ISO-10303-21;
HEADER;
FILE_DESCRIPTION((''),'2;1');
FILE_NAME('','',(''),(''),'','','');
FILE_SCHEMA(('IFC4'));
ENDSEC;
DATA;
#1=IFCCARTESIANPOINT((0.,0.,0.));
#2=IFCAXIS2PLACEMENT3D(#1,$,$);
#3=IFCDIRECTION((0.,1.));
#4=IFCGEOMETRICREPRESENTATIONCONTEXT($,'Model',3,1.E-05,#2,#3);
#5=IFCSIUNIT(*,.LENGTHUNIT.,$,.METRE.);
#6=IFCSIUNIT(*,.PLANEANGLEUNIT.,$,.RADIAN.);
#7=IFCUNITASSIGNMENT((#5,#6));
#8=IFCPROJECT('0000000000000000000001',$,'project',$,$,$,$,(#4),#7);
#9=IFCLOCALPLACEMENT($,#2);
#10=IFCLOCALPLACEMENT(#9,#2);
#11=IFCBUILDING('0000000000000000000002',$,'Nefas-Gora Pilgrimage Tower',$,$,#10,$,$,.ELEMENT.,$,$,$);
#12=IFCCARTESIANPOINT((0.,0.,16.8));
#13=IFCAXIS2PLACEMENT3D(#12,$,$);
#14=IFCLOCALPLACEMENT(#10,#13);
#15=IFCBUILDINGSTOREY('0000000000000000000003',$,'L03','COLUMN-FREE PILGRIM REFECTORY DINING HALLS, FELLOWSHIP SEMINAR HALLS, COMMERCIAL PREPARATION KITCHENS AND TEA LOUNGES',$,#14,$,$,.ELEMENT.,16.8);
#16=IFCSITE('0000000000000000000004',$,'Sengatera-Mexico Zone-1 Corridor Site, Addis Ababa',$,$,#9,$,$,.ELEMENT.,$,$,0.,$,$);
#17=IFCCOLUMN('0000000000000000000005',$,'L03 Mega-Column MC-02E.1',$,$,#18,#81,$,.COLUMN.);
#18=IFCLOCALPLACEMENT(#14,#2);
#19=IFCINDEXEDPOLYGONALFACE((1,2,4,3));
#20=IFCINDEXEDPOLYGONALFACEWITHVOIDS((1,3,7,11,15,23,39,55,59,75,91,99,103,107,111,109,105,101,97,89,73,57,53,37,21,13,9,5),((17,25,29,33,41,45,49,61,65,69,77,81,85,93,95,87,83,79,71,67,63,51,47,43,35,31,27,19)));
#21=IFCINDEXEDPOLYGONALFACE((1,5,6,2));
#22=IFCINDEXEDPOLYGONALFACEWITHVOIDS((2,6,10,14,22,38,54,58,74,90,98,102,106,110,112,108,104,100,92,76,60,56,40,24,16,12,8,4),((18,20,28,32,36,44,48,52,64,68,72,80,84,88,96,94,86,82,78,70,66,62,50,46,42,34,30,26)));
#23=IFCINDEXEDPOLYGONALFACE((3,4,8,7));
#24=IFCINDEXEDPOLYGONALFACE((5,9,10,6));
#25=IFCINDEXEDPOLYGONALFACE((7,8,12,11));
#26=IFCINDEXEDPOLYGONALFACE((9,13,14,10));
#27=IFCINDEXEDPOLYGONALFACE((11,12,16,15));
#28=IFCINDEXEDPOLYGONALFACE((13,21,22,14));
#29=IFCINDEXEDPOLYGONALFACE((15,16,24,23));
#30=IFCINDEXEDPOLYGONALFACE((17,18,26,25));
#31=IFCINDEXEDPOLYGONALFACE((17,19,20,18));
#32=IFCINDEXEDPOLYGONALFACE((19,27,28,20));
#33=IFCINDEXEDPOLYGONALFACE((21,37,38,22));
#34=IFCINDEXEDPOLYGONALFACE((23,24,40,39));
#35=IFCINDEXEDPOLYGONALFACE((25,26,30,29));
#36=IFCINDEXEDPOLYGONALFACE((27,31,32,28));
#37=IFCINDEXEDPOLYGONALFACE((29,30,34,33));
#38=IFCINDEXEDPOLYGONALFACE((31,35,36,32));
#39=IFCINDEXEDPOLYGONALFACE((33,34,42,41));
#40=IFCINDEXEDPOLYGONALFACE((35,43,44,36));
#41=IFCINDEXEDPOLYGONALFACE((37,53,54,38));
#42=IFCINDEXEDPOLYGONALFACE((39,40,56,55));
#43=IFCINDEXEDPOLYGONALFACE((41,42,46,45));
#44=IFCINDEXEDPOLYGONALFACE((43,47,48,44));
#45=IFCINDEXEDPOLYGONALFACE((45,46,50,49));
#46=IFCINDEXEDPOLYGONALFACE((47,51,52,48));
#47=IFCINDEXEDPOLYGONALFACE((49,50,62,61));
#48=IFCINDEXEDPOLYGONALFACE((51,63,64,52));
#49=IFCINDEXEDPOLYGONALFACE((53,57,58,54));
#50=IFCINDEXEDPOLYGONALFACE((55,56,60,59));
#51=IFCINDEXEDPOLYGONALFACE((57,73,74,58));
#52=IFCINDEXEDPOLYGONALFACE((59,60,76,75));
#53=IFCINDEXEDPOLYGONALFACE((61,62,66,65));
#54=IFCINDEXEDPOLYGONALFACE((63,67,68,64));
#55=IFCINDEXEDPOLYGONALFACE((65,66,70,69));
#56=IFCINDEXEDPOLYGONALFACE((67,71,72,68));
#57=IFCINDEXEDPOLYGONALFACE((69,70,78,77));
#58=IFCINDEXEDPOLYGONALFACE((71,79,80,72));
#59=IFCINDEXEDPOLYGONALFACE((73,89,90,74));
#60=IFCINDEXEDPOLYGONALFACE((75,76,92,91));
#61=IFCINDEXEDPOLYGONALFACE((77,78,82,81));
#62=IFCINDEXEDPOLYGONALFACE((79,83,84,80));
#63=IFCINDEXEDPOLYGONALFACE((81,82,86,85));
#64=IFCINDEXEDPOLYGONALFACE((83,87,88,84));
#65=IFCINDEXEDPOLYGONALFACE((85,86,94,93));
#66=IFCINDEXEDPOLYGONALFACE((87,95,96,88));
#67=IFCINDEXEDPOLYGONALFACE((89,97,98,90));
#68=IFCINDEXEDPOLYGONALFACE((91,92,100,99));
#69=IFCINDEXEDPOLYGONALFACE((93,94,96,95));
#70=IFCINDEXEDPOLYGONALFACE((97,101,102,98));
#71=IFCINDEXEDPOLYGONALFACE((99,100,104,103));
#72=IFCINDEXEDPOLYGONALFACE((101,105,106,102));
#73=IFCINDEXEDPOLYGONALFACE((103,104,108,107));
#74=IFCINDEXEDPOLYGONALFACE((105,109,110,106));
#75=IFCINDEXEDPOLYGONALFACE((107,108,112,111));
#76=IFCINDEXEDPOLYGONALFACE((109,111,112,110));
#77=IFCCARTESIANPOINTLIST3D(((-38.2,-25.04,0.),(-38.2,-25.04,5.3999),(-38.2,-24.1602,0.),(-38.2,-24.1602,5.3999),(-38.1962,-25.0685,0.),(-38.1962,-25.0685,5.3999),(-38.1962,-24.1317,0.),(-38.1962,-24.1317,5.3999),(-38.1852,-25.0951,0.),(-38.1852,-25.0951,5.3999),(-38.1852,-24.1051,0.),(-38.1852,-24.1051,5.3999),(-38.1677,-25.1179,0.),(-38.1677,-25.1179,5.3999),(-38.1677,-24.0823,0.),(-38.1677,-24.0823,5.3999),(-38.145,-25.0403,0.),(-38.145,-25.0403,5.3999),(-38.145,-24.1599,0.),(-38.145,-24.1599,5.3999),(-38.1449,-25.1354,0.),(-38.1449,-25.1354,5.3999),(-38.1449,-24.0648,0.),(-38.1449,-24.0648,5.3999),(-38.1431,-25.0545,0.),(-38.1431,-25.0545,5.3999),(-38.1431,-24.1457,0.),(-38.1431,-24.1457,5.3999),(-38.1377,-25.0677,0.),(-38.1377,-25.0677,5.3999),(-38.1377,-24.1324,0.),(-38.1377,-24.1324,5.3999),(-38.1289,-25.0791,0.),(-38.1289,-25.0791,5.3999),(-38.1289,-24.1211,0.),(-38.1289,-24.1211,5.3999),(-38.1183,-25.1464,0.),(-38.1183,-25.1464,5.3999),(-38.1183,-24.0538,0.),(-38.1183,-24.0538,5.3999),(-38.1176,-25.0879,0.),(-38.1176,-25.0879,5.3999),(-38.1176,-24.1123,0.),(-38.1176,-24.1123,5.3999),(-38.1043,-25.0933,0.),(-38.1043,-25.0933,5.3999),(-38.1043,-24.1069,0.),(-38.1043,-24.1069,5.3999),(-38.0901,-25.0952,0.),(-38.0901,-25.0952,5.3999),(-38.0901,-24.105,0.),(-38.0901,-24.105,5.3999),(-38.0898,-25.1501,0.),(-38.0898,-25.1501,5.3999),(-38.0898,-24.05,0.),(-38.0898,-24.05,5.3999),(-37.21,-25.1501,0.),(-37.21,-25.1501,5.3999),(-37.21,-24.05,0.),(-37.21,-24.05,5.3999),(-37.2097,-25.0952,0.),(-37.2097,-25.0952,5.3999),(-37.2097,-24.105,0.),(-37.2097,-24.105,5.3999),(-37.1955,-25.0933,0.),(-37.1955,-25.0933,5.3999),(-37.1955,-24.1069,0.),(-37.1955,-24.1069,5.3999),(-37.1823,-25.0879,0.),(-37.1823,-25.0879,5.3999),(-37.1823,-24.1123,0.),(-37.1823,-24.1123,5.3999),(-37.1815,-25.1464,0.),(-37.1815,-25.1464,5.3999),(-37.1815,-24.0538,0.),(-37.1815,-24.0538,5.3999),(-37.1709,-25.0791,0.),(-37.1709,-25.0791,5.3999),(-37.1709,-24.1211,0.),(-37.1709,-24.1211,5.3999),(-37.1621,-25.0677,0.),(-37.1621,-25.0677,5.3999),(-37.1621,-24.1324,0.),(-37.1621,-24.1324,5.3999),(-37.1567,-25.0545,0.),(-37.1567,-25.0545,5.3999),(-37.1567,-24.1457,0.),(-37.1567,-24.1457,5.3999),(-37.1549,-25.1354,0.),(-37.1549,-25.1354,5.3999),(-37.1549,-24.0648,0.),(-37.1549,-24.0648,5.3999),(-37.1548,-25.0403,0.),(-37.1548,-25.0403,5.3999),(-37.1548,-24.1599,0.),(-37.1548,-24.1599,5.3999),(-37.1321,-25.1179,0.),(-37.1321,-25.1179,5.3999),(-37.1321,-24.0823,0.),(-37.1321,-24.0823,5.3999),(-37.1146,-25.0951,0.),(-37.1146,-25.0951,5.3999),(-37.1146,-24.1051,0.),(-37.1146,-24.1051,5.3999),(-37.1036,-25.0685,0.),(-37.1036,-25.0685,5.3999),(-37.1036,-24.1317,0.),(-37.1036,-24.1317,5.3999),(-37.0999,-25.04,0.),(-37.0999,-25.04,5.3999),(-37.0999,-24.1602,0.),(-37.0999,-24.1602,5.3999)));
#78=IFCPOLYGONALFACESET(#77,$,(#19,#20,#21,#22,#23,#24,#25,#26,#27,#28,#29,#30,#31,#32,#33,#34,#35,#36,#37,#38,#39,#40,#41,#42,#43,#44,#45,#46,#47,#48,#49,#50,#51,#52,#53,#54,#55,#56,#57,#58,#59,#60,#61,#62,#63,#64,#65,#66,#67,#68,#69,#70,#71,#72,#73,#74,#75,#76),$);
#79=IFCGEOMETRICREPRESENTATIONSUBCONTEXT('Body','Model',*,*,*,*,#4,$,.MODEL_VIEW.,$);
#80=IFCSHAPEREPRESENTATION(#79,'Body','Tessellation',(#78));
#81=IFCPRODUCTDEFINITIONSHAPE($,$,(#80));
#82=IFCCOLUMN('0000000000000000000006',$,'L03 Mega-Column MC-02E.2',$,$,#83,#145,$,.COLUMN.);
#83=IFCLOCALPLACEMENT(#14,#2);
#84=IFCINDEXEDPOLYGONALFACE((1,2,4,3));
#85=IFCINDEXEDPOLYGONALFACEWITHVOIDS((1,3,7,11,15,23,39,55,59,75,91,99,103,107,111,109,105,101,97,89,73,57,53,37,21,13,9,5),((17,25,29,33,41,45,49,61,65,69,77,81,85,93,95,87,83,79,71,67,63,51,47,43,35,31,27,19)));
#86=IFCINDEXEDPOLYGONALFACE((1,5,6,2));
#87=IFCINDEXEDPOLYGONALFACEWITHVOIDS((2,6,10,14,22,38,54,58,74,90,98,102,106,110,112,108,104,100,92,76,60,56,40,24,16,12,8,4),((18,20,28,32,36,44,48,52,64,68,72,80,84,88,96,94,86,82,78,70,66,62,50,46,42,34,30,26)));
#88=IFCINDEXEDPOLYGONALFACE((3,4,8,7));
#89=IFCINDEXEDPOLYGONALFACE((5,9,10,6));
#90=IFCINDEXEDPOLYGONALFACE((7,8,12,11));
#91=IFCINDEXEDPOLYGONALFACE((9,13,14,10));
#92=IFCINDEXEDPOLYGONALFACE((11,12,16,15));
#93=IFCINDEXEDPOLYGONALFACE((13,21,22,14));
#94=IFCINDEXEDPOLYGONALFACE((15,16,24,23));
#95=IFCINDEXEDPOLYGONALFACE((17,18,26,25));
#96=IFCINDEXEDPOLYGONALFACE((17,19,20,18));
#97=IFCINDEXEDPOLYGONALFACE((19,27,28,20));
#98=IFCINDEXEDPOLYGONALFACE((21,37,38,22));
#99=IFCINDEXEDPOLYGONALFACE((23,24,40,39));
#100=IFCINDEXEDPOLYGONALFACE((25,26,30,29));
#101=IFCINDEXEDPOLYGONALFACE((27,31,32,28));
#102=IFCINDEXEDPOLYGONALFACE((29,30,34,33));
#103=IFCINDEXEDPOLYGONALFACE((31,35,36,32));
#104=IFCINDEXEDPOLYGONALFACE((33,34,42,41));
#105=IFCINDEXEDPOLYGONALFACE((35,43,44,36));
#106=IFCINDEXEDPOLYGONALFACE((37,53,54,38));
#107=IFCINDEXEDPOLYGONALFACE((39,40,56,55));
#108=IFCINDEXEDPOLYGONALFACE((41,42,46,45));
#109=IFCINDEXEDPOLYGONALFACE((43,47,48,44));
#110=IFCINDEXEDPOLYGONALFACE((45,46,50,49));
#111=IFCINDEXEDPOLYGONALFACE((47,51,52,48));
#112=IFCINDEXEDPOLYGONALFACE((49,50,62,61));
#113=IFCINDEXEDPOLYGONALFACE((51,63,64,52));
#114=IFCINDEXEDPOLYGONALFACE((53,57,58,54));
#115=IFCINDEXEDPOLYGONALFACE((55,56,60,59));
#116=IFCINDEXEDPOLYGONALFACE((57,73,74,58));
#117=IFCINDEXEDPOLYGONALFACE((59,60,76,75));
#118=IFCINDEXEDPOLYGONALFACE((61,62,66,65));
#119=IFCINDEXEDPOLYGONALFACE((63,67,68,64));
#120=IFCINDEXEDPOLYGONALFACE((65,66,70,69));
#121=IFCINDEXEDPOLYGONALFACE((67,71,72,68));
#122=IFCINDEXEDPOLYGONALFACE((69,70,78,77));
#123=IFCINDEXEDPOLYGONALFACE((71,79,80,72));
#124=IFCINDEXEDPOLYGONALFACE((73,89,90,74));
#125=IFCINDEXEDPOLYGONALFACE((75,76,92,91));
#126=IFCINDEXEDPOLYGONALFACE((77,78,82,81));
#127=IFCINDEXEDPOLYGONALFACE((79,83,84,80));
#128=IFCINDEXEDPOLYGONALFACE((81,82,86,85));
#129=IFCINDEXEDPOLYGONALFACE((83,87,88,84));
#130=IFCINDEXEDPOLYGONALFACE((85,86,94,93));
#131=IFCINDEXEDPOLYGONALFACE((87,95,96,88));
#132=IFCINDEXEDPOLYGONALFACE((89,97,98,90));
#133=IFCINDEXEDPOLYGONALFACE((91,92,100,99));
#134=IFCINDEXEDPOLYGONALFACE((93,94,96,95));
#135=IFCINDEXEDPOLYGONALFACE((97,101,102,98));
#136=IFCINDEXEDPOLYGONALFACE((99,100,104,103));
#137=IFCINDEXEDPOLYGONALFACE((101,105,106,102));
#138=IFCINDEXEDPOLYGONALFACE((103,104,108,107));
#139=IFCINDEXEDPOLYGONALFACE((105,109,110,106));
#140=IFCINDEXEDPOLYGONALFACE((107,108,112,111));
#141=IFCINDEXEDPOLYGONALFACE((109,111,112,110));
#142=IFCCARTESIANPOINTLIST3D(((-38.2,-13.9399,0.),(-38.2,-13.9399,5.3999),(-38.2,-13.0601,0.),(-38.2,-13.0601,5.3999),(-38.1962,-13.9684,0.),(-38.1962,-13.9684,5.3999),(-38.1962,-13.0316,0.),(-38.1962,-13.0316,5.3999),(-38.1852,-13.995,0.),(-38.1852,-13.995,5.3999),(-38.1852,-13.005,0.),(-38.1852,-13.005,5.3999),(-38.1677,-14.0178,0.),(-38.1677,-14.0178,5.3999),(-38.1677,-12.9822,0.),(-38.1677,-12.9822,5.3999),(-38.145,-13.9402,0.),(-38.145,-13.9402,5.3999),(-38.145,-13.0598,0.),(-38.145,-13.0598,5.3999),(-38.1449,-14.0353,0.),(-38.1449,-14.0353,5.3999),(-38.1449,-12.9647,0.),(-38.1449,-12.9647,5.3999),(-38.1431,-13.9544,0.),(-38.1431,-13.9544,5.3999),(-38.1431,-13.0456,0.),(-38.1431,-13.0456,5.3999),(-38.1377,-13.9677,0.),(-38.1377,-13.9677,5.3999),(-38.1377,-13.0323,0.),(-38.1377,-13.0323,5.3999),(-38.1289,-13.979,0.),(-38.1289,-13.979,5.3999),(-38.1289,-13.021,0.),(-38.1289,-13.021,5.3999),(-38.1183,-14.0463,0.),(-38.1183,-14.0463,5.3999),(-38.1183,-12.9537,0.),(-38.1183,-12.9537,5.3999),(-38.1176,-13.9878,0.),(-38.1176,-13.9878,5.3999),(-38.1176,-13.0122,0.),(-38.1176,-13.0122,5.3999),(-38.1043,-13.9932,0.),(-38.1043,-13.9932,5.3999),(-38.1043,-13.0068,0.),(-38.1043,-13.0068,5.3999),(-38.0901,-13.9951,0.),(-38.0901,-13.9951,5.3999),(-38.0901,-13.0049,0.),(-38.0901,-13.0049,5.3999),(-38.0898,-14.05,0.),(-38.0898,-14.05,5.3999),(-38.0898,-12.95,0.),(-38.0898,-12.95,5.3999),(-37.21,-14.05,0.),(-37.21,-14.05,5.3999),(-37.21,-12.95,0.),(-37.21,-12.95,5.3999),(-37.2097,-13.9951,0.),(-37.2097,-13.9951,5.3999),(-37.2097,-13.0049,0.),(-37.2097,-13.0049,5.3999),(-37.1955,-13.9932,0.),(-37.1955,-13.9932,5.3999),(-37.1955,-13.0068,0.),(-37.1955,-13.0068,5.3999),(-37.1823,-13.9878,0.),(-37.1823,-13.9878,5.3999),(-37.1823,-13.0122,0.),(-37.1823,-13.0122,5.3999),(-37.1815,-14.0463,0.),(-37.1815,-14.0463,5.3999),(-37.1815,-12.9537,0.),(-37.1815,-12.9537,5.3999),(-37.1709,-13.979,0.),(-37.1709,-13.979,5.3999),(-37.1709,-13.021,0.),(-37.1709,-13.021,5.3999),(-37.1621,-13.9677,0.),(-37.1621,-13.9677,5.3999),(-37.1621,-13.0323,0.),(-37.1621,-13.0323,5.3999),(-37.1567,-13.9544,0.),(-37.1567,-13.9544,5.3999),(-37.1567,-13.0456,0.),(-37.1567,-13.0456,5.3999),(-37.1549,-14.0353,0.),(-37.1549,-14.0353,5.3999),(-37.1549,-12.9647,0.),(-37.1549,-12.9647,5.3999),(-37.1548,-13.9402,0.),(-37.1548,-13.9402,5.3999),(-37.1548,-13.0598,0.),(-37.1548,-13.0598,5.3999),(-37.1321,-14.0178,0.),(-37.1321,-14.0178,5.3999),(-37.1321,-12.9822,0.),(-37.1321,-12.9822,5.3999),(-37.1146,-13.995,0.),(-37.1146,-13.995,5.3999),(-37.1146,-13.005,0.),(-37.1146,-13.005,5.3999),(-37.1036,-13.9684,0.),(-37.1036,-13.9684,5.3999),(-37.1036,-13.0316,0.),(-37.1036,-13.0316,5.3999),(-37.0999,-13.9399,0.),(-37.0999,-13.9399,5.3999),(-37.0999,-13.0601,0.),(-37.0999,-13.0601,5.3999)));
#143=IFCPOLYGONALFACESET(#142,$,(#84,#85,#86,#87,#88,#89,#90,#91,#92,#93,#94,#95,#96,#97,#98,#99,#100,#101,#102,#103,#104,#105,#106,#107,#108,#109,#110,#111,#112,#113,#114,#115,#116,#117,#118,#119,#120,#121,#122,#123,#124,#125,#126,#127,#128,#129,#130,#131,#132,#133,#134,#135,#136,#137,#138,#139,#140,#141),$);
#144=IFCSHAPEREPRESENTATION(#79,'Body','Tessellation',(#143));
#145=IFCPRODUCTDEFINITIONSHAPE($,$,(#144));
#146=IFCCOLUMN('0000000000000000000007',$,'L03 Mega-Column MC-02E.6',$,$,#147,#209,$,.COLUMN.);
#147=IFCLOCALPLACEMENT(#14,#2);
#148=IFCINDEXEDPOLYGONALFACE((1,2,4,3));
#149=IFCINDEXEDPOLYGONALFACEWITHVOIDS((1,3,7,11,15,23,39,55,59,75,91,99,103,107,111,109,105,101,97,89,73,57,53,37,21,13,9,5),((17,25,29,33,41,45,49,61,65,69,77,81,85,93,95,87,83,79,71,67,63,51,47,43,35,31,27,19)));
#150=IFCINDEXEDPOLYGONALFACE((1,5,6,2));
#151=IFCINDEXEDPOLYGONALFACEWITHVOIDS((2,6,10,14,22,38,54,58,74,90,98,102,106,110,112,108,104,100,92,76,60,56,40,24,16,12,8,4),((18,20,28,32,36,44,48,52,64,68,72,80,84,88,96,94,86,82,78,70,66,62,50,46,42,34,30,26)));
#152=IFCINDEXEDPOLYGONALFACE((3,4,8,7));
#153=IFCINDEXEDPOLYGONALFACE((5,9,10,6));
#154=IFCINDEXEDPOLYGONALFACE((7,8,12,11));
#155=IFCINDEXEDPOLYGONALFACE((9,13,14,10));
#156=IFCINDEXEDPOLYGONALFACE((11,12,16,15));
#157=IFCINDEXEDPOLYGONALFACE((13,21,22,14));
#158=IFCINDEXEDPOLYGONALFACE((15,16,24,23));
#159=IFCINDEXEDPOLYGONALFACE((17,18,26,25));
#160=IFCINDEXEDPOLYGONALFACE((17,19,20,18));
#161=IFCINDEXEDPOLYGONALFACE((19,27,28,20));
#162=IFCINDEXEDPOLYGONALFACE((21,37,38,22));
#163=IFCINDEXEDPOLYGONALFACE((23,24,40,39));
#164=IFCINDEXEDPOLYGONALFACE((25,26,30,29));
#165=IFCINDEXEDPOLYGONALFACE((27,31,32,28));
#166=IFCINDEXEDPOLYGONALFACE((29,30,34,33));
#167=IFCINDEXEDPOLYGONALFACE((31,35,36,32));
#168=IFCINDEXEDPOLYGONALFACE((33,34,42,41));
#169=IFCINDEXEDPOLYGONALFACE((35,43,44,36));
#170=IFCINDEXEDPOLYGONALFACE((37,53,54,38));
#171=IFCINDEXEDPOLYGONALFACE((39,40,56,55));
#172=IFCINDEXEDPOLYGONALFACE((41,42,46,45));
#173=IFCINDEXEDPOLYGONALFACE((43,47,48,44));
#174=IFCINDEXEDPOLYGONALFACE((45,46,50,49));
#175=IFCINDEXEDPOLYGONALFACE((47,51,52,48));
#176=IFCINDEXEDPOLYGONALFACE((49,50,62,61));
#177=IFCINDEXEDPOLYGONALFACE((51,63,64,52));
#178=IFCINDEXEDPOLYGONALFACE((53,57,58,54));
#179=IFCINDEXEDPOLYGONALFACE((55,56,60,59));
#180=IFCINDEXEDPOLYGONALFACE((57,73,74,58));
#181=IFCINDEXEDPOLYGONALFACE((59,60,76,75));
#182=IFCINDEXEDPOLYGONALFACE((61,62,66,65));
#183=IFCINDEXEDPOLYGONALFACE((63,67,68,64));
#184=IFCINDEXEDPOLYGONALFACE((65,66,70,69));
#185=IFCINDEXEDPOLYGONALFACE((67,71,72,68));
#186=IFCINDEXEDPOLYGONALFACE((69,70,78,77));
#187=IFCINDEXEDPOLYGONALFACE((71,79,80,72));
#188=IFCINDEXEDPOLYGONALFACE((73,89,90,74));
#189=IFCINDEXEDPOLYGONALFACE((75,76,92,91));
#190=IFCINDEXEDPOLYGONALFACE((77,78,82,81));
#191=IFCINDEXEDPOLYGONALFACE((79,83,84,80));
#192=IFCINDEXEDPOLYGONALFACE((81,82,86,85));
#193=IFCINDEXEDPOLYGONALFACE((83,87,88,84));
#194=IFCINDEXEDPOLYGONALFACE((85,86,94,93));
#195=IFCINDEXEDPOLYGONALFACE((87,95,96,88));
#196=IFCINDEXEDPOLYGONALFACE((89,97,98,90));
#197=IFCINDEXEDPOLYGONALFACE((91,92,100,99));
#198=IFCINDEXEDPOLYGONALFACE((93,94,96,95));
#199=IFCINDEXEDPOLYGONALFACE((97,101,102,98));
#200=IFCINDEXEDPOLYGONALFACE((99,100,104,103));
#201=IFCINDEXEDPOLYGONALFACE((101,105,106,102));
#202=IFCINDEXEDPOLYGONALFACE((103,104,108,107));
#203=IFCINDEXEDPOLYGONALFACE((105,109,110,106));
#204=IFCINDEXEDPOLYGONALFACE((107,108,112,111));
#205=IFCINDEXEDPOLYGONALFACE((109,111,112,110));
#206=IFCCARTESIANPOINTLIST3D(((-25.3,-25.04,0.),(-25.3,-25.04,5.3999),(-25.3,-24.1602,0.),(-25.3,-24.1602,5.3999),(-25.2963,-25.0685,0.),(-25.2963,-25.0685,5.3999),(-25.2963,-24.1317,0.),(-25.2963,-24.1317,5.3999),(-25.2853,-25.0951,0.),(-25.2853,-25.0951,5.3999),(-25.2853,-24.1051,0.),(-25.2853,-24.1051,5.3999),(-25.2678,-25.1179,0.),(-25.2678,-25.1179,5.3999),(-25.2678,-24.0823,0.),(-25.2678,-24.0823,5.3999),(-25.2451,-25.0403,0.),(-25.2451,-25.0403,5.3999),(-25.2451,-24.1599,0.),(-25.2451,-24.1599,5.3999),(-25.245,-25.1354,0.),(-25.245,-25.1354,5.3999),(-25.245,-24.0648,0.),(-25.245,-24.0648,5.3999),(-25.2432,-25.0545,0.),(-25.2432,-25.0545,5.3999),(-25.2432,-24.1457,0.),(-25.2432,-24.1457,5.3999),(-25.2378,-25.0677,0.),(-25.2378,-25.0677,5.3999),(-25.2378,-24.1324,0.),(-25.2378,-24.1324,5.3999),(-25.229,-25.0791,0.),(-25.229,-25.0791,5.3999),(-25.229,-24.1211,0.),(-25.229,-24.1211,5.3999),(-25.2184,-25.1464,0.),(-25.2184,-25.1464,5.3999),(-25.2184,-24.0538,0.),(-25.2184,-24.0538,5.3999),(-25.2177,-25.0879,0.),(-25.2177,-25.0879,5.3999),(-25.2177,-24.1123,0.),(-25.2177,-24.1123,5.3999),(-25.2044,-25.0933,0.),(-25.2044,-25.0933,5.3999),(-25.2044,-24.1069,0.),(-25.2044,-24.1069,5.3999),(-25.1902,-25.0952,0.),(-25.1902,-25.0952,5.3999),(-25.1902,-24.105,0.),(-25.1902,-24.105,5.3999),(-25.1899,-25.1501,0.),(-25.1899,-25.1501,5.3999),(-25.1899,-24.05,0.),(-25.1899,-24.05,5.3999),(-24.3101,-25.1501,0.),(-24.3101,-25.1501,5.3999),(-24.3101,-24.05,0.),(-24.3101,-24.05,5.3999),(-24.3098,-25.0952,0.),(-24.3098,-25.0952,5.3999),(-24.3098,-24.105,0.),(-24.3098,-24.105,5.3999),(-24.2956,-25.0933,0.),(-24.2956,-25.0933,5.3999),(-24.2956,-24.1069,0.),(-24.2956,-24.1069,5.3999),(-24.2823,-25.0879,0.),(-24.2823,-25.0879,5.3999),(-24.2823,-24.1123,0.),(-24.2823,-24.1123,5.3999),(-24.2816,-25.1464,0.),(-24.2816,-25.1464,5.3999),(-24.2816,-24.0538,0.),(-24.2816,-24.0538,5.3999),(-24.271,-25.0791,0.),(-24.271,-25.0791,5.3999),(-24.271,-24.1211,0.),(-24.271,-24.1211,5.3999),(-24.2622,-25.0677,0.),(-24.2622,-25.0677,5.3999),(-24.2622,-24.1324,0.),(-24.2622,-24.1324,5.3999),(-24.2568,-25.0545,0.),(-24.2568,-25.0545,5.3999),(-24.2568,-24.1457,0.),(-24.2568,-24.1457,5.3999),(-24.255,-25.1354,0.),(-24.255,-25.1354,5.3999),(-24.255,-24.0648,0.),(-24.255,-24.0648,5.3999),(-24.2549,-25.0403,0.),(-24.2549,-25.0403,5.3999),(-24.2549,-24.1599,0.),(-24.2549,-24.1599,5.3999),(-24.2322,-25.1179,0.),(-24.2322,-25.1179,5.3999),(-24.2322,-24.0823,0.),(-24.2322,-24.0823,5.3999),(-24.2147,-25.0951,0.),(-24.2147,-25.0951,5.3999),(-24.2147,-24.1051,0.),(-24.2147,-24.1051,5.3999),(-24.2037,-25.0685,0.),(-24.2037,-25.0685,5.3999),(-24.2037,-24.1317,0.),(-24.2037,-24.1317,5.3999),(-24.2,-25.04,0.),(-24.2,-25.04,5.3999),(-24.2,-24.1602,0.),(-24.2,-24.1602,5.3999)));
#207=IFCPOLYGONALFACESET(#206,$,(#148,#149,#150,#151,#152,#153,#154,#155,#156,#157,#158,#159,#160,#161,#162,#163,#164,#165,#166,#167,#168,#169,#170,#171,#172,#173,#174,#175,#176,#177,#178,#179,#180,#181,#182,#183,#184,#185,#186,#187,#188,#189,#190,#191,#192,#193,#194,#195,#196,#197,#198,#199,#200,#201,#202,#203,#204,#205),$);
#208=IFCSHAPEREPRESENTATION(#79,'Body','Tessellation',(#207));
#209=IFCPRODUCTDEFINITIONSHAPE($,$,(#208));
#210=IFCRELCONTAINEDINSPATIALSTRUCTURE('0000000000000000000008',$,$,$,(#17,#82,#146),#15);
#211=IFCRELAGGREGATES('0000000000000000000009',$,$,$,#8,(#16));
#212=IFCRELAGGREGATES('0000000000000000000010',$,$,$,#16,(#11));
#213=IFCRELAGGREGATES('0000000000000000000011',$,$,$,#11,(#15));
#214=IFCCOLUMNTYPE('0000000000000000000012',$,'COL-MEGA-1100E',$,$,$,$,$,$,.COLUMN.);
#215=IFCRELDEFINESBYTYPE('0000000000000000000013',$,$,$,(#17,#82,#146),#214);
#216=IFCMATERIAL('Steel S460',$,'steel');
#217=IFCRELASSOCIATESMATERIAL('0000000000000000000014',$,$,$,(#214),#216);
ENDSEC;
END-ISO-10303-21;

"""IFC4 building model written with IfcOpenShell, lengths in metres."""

from ifc_helpers import new_model, si_unit, direction, frame, origin, origin_2d, place, context, subcontext, project, spatial, hollow_rectangle, extrude, source, transform, mapped, material, material_profile, profile_set, type_object, element, save


model = new_model("IFC4")

# Units and contexts
model_context = context("Model", 3, precision=1e-05, world=origin(), true_north=direction((0.0, 1.0)))
body_context = subcontext(model_context, "Body", "Model", "MODEL_VIEW")
ifc_project = project(units=[si_unit("LENGTHUNIT", "METRE"), si_unit("PLANEANGLEUNIT", "RADIAN")], contexts=[model_context])

# Site, building, storey
site_placement = place(None, origin())
site = spatial("IfcSite", under=ifc_project, at=site_placement, Name="Sengatera-Mexico Zone-1 Corridor Site, Addis Ababa", CompositionType="ELEMENT", RefElevation=0.0)
building_placement = place(site_placement, origin())
building = spatial("IfcBuilding", under=site, at=building_placement, Name="Nefas-Gora Pilgrimage Tower", CompositionType="ELEMENT")
storey_placement = place(building_placement, frame((0.0, 0.0, 16.8)))
storey = spatial("IfcBuildingStorey", under=building, at=storey_placement, Name="L03", Description="COLUMN-FREE PILGRIM REFECTORY DINING HALLS, FELLOWSHIP SEMINAR HALLS, COMMERCIAL PREPARATION KITCHENS AND TEA LOUNGES", CompositionType="ELEMENT", Elevation=16.8)

# Columns
ifc_material_1 = material(Name="Steel S460", Category="steel")
ifc_material_profile_1 = material_profile(ifc_material_1, hollow_rectangle(XDim=1.1001, YDim=1.1001, WallThickness=0.0549, InnerFilletRadius=0.0549, OuterFilletRadius=0.1101, at=origin_2d()), Name="BOX 1100x1100x55")
ifc_profile_set_1 = profile_set([ifc_material_profile_1], Name="Steel S460")
column_type_1 = type_object("IfcColumnType", Name="COL-MEGA-1100E", PredefinedType="COLUMN", material=ifc_profile_set_1)
shared_shape_1 = source(origin(), body_context, "Body", "SweptSolid", [
    extrude(hollow_rectangle(XDim=1.1001, YDim=1.1001, WallThickness=0.0549, InnerFilletRadius=0.0549, OuterFilletRadius=0.1101, at=origin_2d()), origin(), (0.0, 0.0, 1.0), 5.3999),
])
for number, where, z_axis, x_axis, name in (
    (1, (-37.6499, -24.6001, 0.0), (0.0, 0.0, 1.0), (1.0, 0.0, 0.0), "L03 Mega-Column MC-02E.1"),
    (2, (-37.6499, -13.5, 0.0), (0.0, 0.0, 1.0), (1.0, 0.0, 0.0), "L03 Mega-Column MC-02E.2"),
    (3, (-24.75, -24.6001, 0.0), (0.0, 0.0, 1.0), (1.0, 0.0, 0.0), "L03 Mega-Column MC-02E.6"),
):
    element("IfcColumn", number, at=place(storey_placement, frame(where, z_axis=z_axis, x_axis=x_axis)), inside=storey, type_object=column_type_1, Name=name, PredefinedType="COLUMN", context=body_context, shape_type="MappedRepresentation", body=[
        mapped(shared_shape_1, transform((0.0, 0.0, 0.0), x_axis=(1.0, 0.0, 0.0), y_axis=(0.0, 1.0, 0.0), z_axis=(0.0, 0.0, 1.0), scale=1.0)),
    ])

save(model, "model.ifc")
